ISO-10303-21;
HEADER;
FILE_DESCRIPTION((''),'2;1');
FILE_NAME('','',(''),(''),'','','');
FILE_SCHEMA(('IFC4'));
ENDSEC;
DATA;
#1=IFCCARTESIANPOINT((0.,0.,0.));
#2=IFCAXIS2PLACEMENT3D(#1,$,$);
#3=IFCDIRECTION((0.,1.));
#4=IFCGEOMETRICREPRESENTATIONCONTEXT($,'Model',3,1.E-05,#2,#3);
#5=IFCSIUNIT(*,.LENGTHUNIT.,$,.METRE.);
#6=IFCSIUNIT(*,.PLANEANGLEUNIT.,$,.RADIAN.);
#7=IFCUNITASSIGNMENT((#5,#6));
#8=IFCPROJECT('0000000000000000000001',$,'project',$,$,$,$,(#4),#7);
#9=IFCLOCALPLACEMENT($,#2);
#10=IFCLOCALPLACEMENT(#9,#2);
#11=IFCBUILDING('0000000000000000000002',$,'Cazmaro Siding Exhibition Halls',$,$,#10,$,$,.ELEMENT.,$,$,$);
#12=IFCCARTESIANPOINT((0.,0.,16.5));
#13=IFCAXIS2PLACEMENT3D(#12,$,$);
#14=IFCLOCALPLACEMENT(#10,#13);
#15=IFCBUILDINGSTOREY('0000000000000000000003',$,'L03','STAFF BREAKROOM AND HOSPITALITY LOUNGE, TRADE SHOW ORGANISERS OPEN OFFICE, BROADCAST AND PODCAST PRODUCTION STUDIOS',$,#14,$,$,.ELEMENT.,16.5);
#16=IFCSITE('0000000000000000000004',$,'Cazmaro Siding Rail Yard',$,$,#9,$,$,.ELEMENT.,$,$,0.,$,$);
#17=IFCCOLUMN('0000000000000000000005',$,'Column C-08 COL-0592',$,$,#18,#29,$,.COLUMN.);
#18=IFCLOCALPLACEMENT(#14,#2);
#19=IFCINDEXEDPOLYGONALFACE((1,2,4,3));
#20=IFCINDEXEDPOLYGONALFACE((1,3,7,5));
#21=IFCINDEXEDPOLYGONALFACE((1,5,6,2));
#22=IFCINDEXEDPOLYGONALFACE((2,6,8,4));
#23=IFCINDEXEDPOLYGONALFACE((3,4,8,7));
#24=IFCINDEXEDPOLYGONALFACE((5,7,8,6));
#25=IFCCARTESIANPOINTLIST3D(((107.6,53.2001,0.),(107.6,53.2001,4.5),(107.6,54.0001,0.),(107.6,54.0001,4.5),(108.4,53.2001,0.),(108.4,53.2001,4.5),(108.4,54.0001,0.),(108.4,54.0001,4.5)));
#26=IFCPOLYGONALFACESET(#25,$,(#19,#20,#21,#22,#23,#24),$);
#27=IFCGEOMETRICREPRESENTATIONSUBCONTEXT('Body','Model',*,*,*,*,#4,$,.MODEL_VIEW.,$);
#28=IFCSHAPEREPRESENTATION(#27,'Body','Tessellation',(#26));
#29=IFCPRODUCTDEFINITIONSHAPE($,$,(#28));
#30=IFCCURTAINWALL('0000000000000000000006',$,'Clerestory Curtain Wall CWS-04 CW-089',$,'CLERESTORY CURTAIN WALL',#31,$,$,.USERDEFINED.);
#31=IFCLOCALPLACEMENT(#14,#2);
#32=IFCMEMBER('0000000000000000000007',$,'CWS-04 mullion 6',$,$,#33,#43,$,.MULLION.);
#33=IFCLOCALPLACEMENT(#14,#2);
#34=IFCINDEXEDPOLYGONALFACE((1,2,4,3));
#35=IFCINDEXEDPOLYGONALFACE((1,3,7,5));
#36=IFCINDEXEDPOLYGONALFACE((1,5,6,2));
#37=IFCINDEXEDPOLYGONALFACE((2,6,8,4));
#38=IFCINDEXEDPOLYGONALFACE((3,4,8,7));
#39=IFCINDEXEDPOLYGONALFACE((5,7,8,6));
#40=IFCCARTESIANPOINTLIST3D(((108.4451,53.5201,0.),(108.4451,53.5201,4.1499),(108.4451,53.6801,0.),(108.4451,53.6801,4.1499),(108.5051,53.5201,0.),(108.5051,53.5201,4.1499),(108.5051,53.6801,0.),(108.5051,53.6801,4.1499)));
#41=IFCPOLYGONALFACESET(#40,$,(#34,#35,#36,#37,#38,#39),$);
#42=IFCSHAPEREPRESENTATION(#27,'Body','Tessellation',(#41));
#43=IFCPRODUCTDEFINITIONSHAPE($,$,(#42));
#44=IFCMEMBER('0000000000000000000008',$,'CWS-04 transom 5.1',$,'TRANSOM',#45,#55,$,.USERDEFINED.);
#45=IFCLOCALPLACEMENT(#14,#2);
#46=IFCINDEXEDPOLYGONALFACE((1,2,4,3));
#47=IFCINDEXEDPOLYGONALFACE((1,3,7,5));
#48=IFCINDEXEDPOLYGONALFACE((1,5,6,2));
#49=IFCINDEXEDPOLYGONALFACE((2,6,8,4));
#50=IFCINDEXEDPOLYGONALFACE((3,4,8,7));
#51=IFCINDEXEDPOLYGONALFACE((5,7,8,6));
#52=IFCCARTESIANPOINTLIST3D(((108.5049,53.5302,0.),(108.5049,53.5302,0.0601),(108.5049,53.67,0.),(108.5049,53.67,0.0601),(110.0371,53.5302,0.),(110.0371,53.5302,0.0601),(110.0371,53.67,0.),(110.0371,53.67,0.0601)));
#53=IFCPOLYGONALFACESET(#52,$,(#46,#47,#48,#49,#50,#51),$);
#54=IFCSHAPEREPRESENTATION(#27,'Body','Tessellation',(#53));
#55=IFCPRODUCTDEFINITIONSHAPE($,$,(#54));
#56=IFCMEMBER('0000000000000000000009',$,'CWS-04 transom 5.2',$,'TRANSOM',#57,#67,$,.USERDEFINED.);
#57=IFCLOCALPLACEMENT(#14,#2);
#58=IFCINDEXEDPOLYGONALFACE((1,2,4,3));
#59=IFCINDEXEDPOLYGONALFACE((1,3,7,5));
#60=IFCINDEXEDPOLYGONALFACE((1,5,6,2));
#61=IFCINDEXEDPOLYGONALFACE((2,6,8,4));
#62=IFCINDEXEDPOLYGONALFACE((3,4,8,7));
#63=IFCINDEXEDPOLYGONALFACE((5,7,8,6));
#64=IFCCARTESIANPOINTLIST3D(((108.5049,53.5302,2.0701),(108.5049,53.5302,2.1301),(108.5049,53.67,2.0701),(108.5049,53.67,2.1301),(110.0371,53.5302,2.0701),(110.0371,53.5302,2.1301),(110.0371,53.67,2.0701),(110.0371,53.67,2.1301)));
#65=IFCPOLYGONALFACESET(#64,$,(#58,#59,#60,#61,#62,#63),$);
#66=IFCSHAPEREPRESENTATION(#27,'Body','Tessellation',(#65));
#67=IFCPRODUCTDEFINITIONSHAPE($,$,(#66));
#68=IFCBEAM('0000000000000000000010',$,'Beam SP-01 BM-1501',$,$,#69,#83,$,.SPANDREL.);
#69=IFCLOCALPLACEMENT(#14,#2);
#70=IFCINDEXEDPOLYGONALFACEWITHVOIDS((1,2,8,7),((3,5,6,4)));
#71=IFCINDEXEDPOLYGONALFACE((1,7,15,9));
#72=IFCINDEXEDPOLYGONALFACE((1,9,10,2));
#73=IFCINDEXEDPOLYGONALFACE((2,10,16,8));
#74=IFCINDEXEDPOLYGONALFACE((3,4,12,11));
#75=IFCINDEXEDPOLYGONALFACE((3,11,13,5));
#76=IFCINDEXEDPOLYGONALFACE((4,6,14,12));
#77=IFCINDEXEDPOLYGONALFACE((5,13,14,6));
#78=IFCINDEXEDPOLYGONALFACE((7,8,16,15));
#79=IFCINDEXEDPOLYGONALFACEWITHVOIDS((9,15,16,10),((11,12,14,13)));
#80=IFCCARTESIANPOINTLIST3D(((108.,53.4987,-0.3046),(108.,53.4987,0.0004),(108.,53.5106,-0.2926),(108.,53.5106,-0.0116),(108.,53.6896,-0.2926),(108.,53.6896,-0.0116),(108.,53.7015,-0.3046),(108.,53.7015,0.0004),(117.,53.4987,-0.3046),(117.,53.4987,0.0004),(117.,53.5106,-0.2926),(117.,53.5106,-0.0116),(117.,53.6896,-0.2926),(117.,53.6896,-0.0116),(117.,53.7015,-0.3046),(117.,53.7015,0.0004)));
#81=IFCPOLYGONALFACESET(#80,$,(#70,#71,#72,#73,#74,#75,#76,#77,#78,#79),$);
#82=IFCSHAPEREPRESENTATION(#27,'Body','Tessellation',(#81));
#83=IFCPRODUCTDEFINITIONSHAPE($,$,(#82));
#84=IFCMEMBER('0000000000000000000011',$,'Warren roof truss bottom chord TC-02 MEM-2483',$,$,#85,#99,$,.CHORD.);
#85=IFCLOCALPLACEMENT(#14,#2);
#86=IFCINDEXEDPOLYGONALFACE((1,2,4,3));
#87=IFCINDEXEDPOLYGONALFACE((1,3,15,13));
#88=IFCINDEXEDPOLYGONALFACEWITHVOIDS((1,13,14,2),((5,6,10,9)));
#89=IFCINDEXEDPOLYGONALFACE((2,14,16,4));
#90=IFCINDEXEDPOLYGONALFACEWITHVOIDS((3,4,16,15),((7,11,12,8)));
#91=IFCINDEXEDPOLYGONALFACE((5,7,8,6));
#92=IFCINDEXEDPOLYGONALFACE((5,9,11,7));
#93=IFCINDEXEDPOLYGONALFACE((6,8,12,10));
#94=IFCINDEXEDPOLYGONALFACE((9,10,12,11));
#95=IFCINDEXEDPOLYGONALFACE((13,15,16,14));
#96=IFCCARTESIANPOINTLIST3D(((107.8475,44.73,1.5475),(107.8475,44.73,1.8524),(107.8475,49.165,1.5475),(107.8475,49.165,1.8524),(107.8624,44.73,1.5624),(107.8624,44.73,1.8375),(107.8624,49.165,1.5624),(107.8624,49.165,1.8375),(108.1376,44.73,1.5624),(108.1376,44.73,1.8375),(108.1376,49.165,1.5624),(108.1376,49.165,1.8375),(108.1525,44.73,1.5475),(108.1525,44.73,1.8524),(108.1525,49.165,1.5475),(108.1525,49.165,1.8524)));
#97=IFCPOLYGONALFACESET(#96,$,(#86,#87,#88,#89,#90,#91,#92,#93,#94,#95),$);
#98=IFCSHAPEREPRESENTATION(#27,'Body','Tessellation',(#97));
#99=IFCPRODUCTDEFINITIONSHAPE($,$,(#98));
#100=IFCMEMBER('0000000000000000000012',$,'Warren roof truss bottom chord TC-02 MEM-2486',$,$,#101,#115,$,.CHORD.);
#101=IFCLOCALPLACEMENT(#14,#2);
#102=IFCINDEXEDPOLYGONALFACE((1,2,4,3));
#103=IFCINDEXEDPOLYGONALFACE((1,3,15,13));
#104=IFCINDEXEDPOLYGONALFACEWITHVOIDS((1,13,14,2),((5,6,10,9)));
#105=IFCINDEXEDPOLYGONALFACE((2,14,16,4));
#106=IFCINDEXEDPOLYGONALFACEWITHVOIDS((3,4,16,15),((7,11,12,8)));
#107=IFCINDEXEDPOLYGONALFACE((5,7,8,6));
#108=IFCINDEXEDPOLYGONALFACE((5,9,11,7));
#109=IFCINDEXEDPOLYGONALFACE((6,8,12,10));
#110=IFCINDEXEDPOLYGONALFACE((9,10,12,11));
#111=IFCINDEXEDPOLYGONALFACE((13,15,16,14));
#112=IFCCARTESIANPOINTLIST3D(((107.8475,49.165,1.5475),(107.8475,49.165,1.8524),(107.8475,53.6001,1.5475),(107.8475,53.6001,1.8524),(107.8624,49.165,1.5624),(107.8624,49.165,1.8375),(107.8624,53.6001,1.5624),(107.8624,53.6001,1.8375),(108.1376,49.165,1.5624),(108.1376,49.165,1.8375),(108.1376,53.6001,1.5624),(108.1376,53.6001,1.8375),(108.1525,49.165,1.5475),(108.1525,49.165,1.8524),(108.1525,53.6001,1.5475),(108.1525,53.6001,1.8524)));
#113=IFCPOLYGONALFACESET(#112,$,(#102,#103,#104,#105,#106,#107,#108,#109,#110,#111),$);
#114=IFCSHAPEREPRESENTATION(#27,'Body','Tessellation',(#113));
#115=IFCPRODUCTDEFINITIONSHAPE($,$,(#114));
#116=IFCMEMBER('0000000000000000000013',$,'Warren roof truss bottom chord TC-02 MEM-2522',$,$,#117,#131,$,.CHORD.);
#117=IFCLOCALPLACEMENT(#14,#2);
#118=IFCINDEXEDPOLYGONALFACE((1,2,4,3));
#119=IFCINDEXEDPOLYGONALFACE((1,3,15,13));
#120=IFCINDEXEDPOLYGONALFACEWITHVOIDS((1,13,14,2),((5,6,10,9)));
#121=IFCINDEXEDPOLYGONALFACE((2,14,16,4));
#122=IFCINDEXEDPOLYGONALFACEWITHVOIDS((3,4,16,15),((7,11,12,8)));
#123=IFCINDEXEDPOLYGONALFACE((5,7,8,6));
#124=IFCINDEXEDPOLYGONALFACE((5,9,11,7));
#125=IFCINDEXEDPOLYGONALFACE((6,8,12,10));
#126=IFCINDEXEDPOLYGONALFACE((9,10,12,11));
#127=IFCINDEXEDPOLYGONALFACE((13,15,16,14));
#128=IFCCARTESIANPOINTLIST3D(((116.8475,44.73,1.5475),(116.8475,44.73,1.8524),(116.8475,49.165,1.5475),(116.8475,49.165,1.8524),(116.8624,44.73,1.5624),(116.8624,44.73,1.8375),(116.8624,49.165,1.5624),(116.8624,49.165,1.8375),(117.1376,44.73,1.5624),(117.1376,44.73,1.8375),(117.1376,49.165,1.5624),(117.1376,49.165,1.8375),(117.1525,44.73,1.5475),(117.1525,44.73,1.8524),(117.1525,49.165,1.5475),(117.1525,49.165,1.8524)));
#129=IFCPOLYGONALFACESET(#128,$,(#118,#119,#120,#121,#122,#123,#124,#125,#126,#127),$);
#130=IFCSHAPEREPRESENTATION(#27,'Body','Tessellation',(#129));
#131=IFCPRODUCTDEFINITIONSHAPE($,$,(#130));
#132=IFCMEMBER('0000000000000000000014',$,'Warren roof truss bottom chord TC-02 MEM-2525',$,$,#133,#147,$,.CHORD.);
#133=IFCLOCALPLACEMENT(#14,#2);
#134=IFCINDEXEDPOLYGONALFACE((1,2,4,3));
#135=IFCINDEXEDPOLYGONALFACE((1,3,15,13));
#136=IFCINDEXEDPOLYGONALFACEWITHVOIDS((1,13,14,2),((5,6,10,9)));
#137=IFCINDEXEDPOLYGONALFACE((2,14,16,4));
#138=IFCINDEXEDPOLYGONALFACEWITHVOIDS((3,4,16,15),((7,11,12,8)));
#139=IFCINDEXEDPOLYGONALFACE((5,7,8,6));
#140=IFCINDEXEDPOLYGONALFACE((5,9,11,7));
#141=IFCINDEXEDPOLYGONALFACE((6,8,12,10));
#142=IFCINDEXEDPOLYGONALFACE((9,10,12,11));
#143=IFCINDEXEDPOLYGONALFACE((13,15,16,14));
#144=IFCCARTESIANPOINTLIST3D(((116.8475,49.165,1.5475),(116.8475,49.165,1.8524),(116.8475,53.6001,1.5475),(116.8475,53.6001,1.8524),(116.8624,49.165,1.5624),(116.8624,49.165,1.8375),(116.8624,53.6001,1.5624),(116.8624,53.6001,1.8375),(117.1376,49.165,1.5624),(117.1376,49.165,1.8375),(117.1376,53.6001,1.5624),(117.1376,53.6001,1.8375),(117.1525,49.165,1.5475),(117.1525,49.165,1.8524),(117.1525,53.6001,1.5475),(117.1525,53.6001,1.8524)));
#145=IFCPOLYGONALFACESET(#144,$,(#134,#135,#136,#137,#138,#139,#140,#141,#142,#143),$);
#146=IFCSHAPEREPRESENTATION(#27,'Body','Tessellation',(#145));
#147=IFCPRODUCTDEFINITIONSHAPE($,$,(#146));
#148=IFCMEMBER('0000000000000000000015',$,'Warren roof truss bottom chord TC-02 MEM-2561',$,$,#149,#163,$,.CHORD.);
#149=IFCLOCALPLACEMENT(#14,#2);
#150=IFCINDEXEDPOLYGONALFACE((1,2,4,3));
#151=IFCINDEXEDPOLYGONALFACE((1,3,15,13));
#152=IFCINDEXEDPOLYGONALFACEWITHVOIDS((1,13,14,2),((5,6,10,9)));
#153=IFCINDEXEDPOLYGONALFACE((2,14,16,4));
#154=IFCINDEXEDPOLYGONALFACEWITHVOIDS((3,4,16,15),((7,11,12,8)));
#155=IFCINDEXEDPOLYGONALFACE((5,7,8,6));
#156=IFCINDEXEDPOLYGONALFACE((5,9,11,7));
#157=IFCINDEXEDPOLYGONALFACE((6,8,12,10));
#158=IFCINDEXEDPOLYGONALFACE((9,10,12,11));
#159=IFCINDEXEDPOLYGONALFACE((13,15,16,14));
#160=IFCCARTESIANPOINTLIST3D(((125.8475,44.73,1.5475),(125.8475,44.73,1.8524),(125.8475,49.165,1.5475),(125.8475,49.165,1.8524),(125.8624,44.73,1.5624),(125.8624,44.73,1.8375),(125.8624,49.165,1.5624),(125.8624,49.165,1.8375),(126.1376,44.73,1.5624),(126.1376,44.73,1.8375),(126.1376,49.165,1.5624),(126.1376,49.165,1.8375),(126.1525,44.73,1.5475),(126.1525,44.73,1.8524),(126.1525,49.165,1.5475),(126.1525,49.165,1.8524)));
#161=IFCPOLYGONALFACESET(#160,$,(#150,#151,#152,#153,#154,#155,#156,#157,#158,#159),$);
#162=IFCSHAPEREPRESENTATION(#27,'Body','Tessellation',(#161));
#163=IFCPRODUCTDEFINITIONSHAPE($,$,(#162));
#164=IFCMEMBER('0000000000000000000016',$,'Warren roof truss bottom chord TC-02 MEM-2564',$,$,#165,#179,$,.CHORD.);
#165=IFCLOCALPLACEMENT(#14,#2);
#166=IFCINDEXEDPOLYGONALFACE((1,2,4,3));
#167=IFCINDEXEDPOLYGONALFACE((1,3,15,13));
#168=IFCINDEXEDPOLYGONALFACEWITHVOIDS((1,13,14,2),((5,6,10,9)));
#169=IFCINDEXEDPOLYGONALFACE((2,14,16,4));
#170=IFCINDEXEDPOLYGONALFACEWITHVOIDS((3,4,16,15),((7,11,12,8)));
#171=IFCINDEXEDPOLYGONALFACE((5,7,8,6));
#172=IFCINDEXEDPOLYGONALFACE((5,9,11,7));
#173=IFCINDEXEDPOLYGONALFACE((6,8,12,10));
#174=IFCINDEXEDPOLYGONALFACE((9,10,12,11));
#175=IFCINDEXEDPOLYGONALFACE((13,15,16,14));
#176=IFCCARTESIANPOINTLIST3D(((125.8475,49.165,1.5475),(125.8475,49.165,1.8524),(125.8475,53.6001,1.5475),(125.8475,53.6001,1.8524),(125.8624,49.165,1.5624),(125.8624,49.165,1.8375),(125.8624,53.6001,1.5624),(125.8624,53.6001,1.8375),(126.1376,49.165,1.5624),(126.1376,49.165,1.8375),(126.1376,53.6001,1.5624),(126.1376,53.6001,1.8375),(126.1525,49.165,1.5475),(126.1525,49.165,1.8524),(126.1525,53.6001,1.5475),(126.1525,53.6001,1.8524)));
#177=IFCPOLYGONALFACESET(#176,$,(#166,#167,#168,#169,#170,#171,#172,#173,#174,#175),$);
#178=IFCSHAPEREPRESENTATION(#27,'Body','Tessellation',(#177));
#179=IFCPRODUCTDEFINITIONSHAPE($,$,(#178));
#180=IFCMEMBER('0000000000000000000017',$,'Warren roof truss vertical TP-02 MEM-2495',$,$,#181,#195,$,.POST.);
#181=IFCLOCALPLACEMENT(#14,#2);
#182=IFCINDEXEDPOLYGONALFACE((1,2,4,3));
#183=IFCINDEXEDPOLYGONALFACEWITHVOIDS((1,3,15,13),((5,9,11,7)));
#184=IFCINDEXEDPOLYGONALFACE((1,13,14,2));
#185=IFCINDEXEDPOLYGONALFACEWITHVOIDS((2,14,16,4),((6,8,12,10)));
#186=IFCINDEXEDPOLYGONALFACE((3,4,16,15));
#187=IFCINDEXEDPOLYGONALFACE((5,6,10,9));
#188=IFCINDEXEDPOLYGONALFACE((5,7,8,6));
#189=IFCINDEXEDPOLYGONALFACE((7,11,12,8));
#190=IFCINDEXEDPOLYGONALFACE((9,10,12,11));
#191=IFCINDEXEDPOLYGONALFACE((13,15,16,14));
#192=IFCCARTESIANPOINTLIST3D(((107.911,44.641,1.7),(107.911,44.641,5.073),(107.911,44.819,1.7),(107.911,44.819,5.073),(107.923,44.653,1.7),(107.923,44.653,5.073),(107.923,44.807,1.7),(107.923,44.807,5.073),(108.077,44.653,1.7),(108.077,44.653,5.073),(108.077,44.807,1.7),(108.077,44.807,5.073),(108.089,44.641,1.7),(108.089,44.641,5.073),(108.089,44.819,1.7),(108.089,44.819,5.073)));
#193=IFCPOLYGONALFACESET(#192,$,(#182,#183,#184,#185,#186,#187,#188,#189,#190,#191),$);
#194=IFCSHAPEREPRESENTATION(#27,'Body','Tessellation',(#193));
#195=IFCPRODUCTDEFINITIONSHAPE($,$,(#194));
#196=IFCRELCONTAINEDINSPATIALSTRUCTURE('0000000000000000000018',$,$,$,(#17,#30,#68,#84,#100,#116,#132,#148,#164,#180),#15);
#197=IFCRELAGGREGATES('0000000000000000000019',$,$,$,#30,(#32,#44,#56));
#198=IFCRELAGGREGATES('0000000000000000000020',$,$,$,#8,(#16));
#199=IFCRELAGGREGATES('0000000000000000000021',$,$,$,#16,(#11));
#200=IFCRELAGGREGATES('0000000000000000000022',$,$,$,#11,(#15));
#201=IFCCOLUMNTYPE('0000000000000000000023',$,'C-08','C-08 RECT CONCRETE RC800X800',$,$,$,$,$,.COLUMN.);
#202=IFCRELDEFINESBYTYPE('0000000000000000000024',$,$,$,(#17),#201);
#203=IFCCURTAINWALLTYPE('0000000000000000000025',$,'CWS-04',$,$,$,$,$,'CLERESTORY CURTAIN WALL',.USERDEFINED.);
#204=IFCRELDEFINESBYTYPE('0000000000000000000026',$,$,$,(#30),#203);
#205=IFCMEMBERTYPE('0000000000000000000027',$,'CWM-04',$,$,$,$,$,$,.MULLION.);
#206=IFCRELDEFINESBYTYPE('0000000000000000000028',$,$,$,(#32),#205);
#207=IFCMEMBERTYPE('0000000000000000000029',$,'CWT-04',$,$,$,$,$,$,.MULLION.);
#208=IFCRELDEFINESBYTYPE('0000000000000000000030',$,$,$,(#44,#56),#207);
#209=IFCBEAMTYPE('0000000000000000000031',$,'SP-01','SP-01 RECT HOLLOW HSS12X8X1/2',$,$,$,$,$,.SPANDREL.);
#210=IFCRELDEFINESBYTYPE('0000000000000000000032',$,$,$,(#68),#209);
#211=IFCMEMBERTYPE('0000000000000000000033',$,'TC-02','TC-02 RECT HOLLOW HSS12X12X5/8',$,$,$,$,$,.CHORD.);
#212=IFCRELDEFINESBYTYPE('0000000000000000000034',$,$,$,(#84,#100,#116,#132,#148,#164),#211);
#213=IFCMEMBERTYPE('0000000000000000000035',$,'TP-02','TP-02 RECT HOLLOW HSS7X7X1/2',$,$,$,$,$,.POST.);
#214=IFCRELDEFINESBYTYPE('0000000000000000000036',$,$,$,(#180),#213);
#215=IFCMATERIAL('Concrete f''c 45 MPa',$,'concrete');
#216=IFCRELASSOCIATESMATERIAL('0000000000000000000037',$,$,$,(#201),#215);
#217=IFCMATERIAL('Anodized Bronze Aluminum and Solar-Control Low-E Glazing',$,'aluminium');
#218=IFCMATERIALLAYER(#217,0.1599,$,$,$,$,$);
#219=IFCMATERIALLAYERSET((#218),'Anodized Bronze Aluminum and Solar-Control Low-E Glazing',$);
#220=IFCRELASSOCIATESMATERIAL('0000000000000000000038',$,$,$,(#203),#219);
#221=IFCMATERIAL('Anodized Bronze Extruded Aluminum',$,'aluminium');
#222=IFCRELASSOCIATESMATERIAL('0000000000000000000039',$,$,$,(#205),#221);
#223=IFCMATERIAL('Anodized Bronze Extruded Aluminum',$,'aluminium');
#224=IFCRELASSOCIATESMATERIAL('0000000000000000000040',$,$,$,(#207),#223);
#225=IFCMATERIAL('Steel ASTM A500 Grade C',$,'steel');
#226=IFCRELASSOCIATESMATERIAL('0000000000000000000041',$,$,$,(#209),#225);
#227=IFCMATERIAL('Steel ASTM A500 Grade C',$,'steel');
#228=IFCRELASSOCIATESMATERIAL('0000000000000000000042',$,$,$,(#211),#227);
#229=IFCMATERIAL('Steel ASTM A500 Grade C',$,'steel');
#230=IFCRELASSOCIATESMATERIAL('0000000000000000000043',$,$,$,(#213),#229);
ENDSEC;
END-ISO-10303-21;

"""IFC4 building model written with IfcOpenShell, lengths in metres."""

from ifc_helpers import new_model, si_unit, direction, frame, origin, origin_2d, place, context, subcontext, project, spatial, rectangle, hollow_rectangle, extrude, material, layer, layer_set, material_profile, profile_set, type_object, element, aggregate, save


model = new_model("IFC4")

# Units and contexts
model_context = context("Model", 3, precision=1e-05, world=origin(), true_north=direction((0.0, 1.0)))
body_context = subcontext(model_context, "Body", "Model", "MODEL_VIEW")
ifc_project = project(units=[si_unit("LENGTHUNIT", "METRE"), si_unit("PLANEANGLEUNIT", "RADIAN")], contexts=[model_context])

# Site, building, storey
site_placement = place(None, origin())
site = spatial("IfcSite", under=ifc_project, at=site_placement, Name="Cazmaro Siding Rail Yard", CompositionType="ELEMENT", RefElevation=0.0)
building_placement = place(site_placement, origin())
building = spatial("IfcBuilding", under=site, at=building_placement, Name="Cazmaro Siding Exhibition Halls", CompositionType="ELEMENT")
storey_placement = place(building_placement, frame((0.0, 0.0, 16.5)))
storey = spatial("IfcBuildingStorey", under=building, at=storey_placement, Name="L03", Description="STAFF BREAKROOM AND HOSPITALITY LOUNGE, TRADE SHOW ORGANISERS OPEN OFFICE, BROADCAST AND PODCAST PRODUCTION STUDIOS", CompositionType="ELEMENT", Elevation=16.5)

# Column
ifc_material_1 = material(Name="Concrete f'c 45 MPa", Category="concrete")
ifc_material_profile_1 = material_profile(ifc_material_1, rectangle(XDim=0.8, YDim=0.8, at=origin_2d()), Name="RC800X800")
ifc_profile_set_1 = profile_set([ifc_material_profile_1], Name="Concrete f'c 45 MPa")
column_type = type_object("IfcColumnType", Name="C-08", Description="C-08 RECT CONCRETE RC800X800", PredefinedType="COLUMN", material=ifc_profile_set_1)
column_placement = place(storey_placement, frame((108.0, 53.6001, 0.0), z_axis=(0.0, 0.0, 1.0), x_axis=(1.0, 0.0, 0.0)))
element("IfcColumn", 1, at=column_placement, inside=storey, type_object=column_type, Name="Column C-08 COL-0592", PredefinedType="COLUMN", context=body_context, shape_type="SweptSolid", body=[
    extrude(rectangle(XDim=0.8, YDim=0.8, at=origin_2d()), origin(), (0.0, 0.0, 1.0), 4.5),
])

# Curtain wall, members
ifc_material_2 = material(Name="Anodized Bronze Aluminum and Solar-Control Low-E Glazing", Category="aluminium")
ifc_layer_1 = layer(ifc_material_2, 0.1599)
ifc_layer_set_1 = layer_set([ifc_layer_1], Name="Anodized Bronze Aluminum and Solar-Control Low-E Glazing")
curtain_wall_type = type_object("IfcCurtainWallType", Name="CWS-04", ElementType="CLERESTORY CURTAIN WALL", PredefinedType="USERDEFINED", material=ifc_layer_set_1)
curtain_wall_placement = place(storey_placement, origin())
curtain_wall = element("IfcCurtainWall", 2, at=curtain_wall_placement, inside=storey, type_object=curtain_wall_type, Name="Clerestory Curtain Wall CWS-04 CW-089", ObjectType="CLERESTORY CURTAIN WALL", PredefinedType="USERDEFINED")
ifc_material_3 = material(Name="Anodized Bronze Extruded Aluminum", Category="aluminium")
ifc_material_profile_2 = material_profile(ifc_material_3, rectangle(XDim=0.1599, YDim=0.0601, at=origin_2d()), Name="CWM-04")
ifc_profile_set_2 = profile_set([ifc_material_profile_2], Name="Anodized Bronze Extruded Aluminum")
member_type_1 = type_object("IfcMemberType", Name="CWM-04", PredefinedType="MULLION", material=ifc_profile_set_2)
member_1_placement = place(storey_placement, frame((108.4751, 53.6001, 0.0), z_axis=(0.0, 0.0, 1.0), x_axis=(0.0, -1.0, 0.0)))
member_1 = element("IfcMember", 3, at=member_1_placement, type_object=member_type_1, Name="CWS-04 mullion 6", PredefinedType="MULLION", context=body_context, shape_type="SweptSolid", body=[
    extrude(rectangle(XDim=0.1599, YDim=0.0601, at=origin_2d()), origin(), (0.0, 0.0, 1.0), 4.1499),
])
ifc_material_4 = material(Name="Anodized Bronze Extruded Aluminum", Category="aluminium")
ifc_material_profile_3 = material_profile(ifc_material_4, rectangle(XDim=0.1399, YDim=0.0601, at=origin_2d()), Name="CWT-04")
ifc_profile_set_3 = profile_set([ifc_material_profile_3], Name="Anodized Bronze Extruded Aluminum")
member_type_2 = type_object("IfcMemberType", Name="CWT-04", PredefinedType="MULLION", material=ifc_profile_set_3)
member_2_placement = place(storey_placement, frame((110.0371, 53.6001, 0.03), z_axis=(-1.0, 0.0, 0.0), x_axis=(0.0, -1.0, 0.0)))
member_2 = element("IfcMember", 4, at=member_2_placement, type_object=member_type_2, Name="CWS-04 transom 5.1", ObjectType="TRANSOM", PredefinedType="USERDEFINED", context=body_context, shape_type="SweptSolid", body=[
    extrude(rectangle(XDim=0.1399, YDim=0.0601, at=origin_2d()), origin(), (0.0, 0.0, 1.0), 1.5322),
])
member_3_placement = place(storey_placement, frame((110.0371, 53.6001, 2.1001), z_axis=(-1.0, 0.0, 0.0), x_axis=(0.0, -1.0, 0.0)))
member_3 = element("IfcMember", 5, at=member_3_placement, type_object=member_type_2, Name="CWS-04 transom 5.2", ObjectType="TRANSOM", PredefinedType="USERDEFINED", context=body_context, shape_type="SweptSolid", body=[
    extrude(rectangle(XDim=0.1399, YDim=0.0601, at=origin_2d()), origin(), (0.0, 0.0, 1.0), 1.5322),
])

# Beam
ifc_material_5 = material(Name="Steel ASTM A500 Grade C", Category="steel")
ifc_material_profile_4 = material_profile(ifc_material_5, hollow_rectangle(XDim=0.2029, YDim=0.3049, WallThickness=0.012, at=origin_2d()), Name="HSS12X8X1/2")
ifc_profile_set_4 = profile_set([ifc_material_profile_4], Name="Steel ASTM A500 Grade C")
beam_type = type_object("IfcBeamType", Name="SP-01", Description="SP-01 RECT HOLLOW HSS12X8X1/2", PredefinedType="SPANDREL", material=ifc_profile_set_4)
beam_placement = place(storey_placement, frame((108.0, 53.6001, -0.1521), z_axis=(1.0, 0.0, 0.0), x_axis=(0.0, 1.0, 0.0)))
element("IfcBeam", 6, at=beam_placement, inside=storey, type_object=beam_type, Name="Beam SP-01 BM-1501", PredefinedType="SPANDREL", context=body_context, shape_type="SweptSolid", body=[
    extrude(hollow_rectangle(XDim=0.2029, YDim=0.3049, WallThickness=0.012, at=origin_2d()), origin(), (0.0, 0.0, 1.0), 9.0),
])

# Members
ifc_material_6 = material(Name="Steel ASTM A500 Grade C", Category="steel")
ifc_material_profile_5 = material_profile(ifc_material_6, hollow_rectangle(XDim=0.3049, YDim=0.3049, WallThickness=0.0149, at=origin_2d()), Name="HSS12X12X5/8")
ifc_profile_set_5 = profile_set([ifc_material_profile_5], Name="Steel ASTM A500 Grade C")
member_type_3 = type_object("IfcMemberType", Name="TC-02", Description="TC-02 RECT HOLLOW HSS12X12X5/8", PredefinedType="CHORD", material=ifc_profile_set_5)
for number, where, z_axis, x_axis, name in (
    (7, (108.0, 44.73, 1.7), (0.0, 1.0, 0.0), (-1.0, 0.0, 0.0), "Warren roof truss bottom chord TC-02 MEM-2483"),
    (8, (108.0, 49.165, 1.7), (0.0, 1.0, 0.0), (-1.0, 0.0, 0.0), "Warren roof truss bottom chord TC-02 MEM-2486"),
    (9, (117.0, 44.73, 1.7), (0.0, 1.0, 0.0), (-1.0, 0.0, 0.0), "Warren roof truss bottom chord TC-02 MEM-2522"),
    (10, (117.0, 49.165, 1.7), (0.0, 1.0, 0.0), (-1.0, 0.0, 0.0), "Warren roof truss bottom chord TC-02 MEM-2525"),
    (11, (126.0, 44.73, 1.7), (0.0, 1.0, 0.0), (-1.0, 0.0, 0.0), "Warren roof truss bottom chord TC-02 MEM-2561"),
    (12, (126.0, 49.165, 1.7), (0.0, 1.0, 0.0), (-1.0, 0.0, 0.0), "Warren roof truss bottom chord TC-02 MEM-2564"),
):
    element("IfcMember", number, at=place(storey_placement, frame(where, z_axis=z_axis, x_axis=x_axis)), inside=storey, type_object=member_type_3, Name=name, PredefinedType="CHORD", context=body_context, shape_type="SweptSolid", body=[
        extrude(hollow_rectangle(XDim=0.3049, YDim=0.3049, WallThickness=0.0149, at=origin_2d()), origin(), (0.0, 0.0, 1.0), 4.4351),
    ])
ifc_material_7 = material(Name="Steel ASTM A500 Grade C", Category="steel")
ifc_material_profile_6 = material_profile(ifc_material_7, hollow_rectangle(XDim=0.178, YDim=0.178, WallThickness=0.012, at=origin_2d()), Name="HSS7X7X1/2")
ifc_profile_set_6 = profile_set([ifc_material_profile_6], Name="Steel ASTM A500 Grade C")
member_type_4 = type_object("IfcMemberType", Name="TP-02", Description="TP-02 RECT HOLLOW HSS7X7X1/2", PredefinedType="POST", material=ifc_profile_set_6)
member_4_placement = place(storey_placement, frame((108.0, 44.73, 1.7), z_axis=(0.0, 0.0, 1.0), x_axis=(1.0, 0.0, 0.0)))
element("IfcMember", 13, at=member_4_placement, inside=storey, type_object=member_type_4, Name="Warren roof truss vertical TP-02 MEM-2495", PredefinedType="POST", context=body_context, shape_type="SweptSolid", body=[
    extrude(hollow_rectangle(XDim=0.178, YDim=0.178, WallThickness=0.012, at=origin_2d()), origin(), (0.0, 0.0, 1.0), 3.373),
])

aggregate(curtain_wall, [member_1, member_2, member_3])

save(model, "model.ifc")
